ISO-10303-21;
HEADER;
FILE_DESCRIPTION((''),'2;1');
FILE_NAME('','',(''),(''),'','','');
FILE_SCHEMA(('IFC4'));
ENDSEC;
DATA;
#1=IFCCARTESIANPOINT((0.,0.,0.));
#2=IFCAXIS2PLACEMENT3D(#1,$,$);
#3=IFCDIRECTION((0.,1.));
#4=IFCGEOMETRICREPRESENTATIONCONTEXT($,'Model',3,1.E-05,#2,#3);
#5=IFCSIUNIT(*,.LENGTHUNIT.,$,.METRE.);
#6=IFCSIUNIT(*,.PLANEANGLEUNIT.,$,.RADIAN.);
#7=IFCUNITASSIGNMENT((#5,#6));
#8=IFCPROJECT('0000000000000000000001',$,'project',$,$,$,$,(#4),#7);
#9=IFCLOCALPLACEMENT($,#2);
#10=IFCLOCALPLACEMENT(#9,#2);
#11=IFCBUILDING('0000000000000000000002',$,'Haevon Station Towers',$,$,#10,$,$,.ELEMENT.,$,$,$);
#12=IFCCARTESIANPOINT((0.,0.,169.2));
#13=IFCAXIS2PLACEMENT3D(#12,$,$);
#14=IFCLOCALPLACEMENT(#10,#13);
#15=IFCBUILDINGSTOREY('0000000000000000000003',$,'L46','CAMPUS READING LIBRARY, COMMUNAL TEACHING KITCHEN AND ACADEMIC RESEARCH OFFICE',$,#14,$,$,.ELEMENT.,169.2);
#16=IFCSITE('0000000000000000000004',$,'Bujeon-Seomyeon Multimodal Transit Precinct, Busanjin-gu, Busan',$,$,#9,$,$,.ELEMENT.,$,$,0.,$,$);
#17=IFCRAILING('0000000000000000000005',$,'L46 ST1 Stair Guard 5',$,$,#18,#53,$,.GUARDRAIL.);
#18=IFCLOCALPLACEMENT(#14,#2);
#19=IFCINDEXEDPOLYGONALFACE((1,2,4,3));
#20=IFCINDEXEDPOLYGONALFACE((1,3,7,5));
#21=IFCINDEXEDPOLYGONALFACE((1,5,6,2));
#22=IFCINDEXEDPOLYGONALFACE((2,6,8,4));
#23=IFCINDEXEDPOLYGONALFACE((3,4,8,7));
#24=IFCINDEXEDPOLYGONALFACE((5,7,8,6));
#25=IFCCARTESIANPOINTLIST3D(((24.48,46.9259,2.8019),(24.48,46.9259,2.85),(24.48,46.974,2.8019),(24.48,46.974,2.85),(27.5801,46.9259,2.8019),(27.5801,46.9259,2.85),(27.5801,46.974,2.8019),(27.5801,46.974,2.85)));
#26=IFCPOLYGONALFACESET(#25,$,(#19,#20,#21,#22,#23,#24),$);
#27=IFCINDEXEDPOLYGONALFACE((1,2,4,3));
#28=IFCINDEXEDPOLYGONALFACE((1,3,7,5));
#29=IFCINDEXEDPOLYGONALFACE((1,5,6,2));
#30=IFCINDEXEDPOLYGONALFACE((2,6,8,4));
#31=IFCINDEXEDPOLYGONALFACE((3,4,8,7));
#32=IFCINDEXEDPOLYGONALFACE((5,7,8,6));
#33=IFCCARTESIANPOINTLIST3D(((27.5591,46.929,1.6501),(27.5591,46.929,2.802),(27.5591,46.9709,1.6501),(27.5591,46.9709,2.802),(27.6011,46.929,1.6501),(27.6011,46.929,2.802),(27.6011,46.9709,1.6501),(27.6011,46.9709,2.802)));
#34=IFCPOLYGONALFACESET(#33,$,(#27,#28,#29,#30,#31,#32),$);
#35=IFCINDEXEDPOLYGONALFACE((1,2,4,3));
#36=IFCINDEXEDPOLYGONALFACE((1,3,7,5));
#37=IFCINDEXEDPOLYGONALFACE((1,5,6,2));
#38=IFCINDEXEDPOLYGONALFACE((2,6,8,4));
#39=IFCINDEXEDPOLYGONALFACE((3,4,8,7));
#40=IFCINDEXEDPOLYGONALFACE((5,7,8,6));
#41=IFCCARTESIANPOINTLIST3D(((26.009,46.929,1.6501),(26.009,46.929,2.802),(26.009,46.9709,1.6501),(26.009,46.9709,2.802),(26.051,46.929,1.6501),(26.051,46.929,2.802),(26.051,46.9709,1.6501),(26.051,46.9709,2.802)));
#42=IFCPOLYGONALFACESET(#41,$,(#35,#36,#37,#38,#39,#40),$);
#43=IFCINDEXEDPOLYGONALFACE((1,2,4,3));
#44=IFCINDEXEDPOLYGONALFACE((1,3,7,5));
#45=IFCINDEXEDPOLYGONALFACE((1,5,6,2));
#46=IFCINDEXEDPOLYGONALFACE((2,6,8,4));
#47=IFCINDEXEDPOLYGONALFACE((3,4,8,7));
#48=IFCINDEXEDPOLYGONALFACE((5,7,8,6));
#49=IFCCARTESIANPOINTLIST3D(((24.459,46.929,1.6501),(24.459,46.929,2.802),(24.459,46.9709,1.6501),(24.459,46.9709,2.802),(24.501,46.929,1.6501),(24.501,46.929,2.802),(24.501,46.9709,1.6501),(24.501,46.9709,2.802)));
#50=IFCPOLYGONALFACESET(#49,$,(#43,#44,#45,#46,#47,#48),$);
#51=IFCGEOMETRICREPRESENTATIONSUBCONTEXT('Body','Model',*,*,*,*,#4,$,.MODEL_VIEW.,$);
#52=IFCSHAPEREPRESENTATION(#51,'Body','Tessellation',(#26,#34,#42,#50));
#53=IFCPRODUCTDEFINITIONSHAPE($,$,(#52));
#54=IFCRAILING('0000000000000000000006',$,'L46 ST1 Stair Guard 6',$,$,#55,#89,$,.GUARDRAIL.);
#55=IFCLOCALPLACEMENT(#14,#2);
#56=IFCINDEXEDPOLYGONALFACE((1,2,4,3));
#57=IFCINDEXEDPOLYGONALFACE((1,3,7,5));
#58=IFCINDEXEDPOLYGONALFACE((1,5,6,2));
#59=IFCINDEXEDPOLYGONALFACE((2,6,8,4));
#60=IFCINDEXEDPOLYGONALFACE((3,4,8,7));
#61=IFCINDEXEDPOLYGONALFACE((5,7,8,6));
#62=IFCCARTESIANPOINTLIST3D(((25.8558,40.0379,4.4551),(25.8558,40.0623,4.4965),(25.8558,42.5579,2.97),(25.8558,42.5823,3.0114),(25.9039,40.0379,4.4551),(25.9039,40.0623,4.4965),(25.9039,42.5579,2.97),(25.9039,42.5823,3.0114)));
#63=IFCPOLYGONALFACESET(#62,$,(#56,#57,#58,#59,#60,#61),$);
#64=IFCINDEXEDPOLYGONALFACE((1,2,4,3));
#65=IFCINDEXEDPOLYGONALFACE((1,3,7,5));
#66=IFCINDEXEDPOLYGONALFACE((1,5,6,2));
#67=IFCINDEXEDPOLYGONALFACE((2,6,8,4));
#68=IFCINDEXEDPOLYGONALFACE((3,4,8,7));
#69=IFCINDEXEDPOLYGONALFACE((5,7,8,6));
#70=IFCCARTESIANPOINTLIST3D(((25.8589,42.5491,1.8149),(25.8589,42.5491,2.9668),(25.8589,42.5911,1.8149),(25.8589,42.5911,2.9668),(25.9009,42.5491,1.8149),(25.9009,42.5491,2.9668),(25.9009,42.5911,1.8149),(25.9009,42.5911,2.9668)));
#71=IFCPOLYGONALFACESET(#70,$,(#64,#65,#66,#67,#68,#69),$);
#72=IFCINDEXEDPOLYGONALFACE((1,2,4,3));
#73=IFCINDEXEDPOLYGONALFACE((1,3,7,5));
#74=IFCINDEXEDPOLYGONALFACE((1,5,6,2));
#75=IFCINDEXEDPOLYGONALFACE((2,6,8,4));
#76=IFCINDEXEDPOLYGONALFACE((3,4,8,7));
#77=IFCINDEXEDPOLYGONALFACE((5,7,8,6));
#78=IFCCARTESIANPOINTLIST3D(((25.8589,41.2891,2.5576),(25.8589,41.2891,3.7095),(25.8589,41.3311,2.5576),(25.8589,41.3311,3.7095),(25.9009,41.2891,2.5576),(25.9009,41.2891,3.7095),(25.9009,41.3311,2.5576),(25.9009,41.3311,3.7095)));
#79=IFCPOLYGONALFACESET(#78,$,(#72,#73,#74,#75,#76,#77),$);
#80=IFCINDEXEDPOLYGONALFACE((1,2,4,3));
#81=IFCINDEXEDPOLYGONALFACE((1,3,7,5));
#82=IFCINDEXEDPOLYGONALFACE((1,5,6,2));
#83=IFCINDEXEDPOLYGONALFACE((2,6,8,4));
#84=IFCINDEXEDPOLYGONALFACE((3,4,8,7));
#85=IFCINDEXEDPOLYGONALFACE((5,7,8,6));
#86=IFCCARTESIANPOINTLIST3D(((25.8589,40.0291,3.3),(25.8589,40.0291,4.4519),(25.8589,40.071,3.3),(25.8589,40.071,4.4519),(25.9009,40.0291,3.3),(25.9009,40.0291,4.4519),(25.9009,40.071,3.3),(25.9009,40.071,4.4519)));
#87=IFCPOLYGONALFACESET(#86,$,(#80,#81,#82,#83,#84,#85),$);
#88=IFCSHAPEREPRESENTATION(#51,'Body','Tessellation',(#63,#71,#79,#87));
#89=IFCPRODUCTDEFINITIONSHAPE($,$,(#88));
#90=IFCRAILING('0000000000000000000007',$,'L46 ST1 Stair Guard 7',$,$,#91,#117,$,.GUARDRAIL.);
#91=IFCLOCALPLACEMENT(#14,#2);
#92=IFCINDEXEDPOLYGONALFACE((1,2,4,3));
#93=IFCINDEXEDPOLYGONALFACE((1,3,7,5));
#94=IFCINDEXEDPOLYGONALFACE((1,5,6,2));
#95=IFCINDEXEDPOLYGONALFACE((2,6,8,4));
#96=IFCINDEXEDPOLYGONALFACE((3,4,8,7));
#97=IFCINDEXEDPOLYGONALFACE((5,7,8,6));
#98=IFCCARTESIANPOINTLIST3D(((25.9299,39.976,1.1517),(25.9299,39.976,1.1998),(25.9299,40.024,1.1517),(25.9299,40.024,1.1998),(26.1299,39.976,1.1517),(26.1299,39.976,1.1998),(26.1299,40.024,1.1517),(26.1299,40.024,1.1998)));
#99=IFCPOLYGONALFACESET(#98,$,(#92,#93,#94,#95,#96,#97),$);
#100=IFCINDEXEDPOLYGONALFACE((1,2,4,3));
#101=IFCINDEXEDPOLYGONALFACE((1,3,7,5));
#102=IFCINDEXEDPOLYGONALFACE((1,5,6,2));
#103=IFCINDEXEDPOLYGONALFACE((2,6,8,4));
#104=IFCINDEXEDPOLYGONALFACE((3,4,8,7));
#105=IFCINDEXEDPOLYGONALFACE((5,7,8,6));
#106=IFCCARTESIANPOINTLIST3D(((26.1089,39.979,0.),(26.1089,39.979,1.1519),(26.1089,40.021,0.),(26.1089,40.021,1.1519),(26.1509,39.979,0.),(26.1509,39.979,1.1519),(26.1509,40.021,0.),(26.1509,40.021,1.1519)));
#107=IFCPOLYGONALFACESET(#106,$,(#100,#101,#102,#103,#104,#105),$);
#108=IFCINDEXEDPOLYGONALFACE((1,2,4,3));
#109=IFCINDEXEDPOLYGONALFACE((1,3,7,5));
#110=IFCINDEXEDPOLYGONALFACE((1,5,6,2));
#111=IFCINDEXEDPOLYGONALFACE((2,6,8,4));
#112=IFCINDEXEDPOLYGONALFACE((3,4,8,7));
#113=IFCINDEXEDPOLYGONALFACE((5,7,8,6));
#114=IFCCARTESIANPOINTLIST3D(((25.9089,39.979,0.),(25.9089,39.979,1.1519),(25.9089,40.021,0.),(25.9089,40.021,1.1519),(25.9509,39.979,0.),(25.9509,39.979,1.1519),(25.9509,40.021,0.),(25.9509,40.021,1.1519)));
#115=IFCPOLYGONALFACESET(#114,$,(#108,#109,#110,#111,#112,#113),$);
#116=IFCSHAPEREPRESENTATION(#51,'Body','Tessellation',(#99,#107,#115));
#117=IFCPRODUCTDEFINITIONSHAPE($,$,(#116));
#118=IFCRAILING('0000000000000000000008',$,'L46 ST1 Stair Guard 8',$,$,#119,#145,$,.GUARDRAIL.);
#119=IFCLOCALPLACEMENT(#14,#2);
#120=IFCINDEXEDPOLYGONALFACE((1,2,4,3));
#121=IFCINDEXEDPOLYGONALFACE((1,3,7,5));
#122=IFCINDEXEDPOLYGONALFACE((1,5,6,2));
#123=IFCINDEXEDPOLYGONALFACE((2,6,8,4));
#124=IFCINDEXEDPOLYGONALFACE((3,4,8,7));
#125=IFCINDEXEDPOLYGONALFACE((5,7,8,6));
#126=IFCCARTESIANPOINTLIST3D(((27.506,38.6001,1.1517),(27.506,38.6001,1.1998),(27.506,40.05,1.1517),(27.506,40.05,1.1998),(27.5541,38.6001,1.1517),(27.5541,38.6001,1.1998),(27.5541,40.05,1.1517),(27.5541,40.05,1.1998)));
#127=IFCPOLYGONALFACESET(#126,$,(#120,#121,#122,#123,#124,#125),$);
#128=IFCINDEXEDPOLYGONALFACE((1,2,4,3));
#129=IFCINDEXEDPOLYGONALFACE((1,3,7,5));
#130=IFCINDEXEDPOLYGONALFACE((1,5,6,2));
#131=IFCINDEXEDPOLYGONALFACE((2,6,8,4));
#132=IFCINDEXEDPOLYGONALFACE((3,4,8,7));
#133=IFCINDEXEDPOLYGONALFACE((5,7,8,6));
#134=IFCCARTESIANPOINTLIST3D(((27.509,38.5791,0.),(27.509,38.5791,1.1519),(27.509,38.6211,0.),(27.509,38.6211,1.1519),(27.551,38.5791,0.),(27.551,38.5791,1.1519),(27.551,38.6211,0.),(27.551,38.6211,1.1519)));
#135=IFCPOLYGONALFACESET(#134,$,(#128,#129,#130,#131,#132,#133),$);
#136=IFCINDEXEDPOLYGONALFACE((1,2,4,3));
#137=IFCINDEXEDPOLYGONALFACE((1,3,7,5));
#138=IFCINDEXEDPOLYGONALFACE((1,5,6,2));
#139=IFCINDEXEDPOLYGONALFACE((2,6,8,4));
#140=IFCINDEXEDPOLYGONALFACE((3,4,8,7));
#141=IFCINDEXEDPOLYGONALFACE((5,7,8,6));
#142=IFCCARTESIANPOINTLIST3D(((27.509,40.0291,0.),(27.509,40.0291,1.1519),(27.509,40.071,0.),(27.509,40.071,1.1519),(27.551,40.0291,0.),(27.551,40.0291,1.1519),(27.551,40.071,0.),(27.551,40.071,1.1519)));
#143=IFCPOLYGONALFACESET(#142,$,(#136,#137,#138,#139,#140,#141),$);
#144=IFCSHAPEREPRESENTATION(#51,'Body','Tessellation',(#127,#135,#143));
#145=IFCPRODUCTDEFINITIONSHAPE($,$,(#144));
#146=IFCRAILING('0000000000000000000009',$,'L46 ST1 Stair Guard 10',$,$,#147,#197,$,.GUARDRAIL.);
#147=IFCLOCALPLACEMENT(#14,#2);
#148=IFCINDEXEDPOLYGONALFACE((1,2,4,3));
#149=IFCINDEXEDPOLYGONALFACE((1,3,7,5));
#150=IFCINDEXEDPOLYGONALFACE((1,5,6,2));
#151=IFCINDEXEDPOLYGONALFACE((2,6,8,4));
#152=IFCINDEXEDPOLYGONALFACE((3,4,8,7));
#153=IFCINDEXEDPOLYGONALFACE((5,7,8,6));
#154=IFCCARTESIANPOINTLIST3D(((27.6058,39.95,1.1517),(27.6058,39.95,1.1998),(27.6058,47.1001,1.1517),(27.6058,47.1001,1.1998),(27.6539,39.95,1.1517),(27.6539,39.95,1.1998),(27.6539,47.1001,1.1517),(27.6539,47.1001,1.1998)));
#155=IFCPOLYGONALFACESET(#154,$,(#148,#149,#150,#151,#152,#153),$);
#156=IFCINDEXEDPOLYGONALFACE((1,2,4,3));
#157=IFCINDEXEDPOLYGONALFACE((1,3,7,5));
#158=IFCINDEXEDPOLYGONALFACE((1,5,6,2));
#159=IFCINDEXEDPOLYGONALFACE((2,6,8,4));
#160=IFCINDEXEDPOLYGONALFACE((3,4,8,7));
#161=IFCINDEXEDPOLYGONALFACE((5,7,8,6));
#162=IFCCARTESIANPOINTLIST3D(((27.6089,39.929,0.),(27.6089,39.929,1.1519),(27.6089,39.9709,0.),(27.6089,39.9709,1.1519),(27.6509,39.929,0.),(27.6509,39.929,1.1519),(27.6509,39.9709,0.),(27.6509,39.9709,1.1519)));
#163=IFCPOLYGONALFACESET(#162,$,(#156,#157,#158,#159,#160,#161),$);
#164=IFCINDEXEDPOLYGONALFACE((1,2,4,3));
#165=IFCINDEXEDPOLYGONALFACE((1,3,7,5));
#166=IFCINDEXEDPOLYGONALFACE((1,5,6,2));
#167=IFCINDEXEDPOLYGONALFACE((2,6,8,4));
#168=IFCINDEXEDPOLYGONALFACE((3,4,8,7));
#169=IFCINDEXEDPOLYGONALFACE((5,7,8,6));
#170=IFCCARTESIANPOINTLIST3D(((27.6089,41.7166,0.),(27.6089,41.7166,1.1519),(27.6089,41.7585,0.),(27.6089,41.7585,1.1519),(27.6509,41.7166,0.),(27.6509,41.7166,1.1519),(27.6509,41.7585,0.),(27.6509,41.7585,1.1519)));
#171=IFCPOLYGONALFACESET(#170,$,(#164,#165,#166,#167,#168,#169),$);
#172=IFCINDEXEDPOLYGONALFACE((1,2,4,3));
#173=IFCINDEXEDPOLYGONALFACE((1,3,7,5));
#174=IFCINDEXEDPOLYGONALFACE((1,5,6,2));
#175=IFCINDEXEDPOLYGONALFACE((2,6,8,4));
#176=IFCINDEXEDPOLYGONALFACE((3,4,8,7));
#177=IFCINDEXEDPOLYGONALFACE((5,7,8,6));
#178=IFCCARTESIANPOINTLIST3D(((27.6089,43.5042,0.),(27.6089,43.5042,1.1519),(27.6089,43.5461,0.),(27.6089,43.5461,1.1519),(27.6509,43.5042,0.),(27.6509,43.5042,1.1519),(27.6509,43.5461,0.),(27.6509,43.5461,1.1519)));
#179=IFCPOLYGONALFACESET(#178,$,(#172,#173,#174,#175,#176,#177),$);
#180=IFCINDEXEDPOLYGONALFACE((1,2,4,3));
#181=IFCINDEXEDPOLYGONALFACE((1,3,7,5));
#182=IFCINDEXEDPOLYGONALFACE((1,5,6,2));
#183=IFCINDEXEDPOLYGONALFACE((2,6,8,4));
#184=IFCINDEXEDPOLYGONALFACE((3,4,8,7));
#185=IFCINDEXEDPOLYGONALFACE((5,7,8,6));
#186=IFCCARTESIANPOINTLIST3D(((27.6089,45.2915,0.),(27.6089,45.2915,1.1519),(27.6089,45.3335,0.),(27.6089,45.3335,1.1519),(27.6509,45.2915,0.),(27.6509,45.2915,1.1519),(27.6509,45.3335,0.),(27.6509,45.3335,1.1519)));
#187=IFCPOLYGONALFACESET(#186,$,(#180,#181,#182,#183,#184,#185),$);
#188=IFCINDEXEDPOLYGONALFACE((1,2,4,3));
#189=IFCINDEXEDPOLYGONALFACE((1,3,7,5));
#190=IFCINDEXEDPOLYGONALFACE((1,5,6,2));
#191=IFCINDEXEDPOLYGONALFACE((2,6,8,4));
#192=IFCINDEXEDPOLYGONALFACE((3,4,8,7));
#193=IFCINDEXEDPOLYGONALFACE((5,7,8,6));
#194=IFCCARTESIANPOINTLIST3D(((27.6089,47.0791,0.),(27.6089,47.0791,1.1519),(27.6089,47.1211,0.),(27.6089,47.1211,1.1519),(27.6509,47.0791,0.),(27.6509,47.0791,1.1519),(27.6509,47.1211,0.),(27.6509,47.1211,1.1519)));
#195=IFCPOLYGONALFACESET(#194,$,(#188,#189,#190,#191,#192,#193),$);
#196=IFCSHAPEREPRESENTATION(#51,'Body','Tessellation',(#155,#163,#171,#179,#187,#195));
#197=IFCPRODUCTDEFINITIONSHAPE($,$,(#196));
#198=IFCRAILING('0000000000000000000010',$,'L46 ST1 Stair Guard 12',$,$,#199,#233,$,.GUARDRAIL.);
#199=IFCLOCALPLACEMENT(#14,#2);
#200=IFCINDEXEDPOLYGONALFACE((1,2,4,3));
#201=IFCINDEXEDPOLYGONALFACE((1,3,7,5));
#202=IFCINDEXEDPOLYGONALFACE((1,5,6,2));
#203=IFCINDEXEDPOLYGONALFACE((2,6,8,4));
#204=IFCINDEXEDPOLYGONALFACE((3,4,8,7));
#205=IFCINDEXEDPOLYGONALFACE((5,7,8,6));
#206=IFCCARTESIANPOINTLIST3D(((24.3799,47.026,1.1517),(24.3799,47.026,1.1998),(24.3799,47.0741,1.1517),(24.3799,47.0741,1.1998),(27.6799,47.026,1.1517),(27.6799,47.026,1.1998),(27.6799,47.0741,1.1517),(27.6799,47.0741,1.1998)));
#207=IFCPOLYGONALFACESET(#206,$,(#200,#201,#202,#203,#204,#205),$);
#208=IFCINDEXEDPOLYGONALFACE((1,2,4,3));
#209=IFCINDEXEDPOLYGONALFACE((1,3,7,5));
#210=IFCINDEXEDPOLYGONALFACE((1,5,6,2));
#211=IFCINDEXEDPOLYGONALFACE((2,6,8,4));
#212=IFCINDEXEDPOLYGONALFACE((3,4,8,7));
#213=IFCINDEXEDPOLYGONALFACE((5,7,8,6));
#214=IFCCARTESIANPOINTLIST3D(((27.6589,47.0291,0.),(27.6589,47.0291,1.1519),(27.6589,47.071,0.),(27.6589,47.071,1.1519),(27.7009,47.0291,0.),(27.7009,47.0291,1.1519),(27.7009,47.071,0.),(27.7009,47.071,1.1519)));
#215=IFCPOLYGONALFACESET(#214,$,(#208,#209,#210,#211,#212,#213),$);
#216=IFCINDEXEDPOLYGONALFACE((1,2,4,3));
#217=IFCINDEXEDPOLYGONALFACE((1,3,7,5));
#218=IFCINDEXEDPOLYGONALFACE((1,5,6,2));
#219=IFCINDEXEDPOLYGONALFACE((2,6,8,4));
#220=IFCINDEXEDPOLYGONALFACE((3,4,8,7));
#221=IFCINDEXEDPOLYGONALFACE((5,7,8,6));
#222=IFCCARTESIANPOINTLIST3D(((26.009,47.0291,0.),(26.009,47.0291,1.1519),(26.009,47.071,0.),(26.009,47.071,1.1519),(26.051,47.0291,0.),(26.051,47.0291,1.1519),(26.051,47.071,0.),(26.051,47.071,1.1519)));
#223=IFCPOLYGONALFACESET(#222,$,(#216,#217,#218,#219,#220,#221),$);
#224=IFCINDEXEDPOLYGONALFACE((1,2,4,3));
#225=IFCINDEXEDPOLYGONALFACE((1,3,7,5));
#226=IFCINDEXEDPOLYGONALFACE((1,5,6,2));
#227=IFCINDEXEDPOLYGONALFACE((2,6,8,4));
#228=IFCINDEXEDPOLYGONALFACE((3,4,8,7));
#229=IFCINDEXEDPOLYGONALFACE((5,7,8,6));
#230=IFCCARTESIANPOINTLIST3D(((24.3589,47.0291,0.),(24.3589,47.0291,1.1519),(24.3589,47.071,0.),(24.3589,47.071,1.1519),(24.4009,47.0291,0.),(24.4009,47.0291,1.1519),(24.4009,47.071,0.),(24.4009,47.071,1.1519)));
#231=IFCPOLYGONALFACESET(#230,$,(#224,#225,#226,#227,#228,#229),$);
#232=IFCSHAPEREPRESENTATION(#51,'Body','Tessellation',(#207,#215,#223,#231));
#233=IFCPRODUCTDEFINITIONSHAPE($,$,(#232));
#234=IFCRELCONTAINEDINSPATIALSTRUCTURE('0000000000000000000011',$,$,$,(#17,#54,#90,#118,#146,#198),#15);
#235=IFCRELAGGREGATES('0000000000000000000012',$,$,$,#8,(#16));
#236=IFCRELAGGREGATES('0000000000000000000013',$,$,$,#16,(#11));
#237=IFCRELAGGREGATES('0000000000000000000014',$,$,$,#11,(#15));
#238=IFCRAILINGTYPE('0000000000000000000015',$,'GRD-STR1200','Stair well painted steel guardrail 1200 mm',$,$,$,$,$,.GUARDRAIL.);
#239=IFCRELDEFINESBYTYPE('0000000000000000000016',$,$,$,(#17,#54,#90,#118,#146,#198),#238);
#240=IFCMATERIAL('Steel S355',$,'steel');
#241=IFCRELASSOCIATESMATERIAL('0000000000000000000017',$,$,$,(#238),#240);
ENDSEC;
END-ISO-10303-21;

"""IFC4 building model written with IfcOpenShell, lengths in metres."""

from ifc_helpers import new_model, si_unit, direction, frame, origin, origin_2d, place, context, subcontext, project, spatial, rectangle, extrude, material, type_object, element, save


model = new_model("IFC4")

# Units and contexts
model_context = context("Model", 3, precision=1e-05, world=origin(), true_north=direction((0.0, 1.0)))
body_context = subcontext(model_context, "Body", "Model", "MODEL_VIEW")
ifc_project = project(units=[si_unit("LENGTHUNIT", "METRE"), si_unit("PLANEANGLEUNIT", "RADIAN")], contexts=[model_context])

# Site, building, storey
site_placement = place(None, origin())
site = spatial("IfcSite", under=ifc_project, at=site_placement, Name="Bujeon-Seomyeon Multimodal Transit Precinct, Busanjin-gu, Busan", CompositionType="ELEMENT", RefElevation=0.0)
building_placement = place(site_placement, origin())
building = spatial("IfcBuilding", under=site, at=building_placement, Name="Haevon Station Towers", CompositionType="ELEMENT")
storey_placement = place(building_placement, frame((0.0, 0.0, 169.2)))
storey = spatial("IfcBuildingStorey", under=building, at=storey_placement, Name="L46", Description="CAMPUS READING LIBRARY, COMMUNAL TEACHING KITCHEN AND ACADEMIC RESEARCH OFFICE", CompositionType="ELEMENT", Elevation=169.2)

# Shared definitions
ifc_material_1 = material(Name="Steel S355", Category="steel")

# Railings
railing_type_1 = type_object("IfcRailingType", Name="GRD-STR1200", Description="Stair well painted steel guardrail 1200 mm", PredefinedType="GUARDRAIL", material=ifc_material_1)
railing_1_placement = place(storey_placement, frame((27.5801, 46.95, 1.6501)))
element("IfcRailing", 1, at=railing_1_placement, inside=storey, type_object=railing_type_1, Name="L46 ST1 Stair Guard 5", PredefinedType="GUARDRAIL", context=body_context, shape_type="SweptSolid", body=[
    extrude(rectangle(XDim=0.0481, YDim=0.0481, at=origin_2d()), frame((0.0, 0.0, 1.1758), z_axis=(-1.0, 0.0, 0.0), x_axis=(0.0, -1.0, 0.0)), (0.0, 0.0, 1.0), 3.1001),
    extrude(rectangle(XDim=0.042, YDim=0.042, at=origin_2d()), origin(), (0.0, 0.0, 1.0), 1.1519),
    extrude(rectangle(XDim=0.042, YDim=0.042, at=origin_2d()), frame((-1.55, 0.0, 0.0)), (0.0, 0.0, 1.0), 1.1519),
    extrude(rectangle(XDim=0.042, YDim=0.042, at=origin_2d()), frame((-3.1001, 0.0, 0.0)), (0.0, 0.0, 1.0), 1.1519),
])
railing_2_placement = place(storey_placement, frame((25.8799, 42.5701, 1.8149)))
element("IfcRailing", 2, at=railing_2_placement, inside=storey, type_object=railing_type_1, Name="L46 ST1 Stair Guard 6", PredefinedType="GUARDRAIL", context=body_context, shape_type="SweptSolid", body=[
    extrude(rectangle(XDim=0.0481, YDim=0.0481, at=origin_2d()), frame((0.0, 0.0, 1.1758), z_axis=(0.0, -0.861524, 0.507717), x_axis=(1.0, 0.0, 0.0)), (0.0, 0.0, 1.0), 2.925),
    extrude(rectangle(XDim=0.042, YDim=0.042, at=origin_2d()), origin(), (0.0, 0.0, 1.0), 1.1519),
    extrude(rectangle(XDim=0.042, YDim=0.042, at=origin_2d()), frame((0.0, -1.26, 0.7427)), (0.0, 0.0, 1.0), 1.1519),
    extrude(rectangle(XDim=0.042, YDim=0.042, at=origin_2d()), frame((0.0, -2.52, 1.4851)), (0.0, 0.0, 1.0), 1.1519),
])
railing_3_placement = place(storey_placement, frame((26.1299, 40.0, 0.0)))
element("IfcRailing", 3, at=railing_3_placement, inside=storey, type_object=railing_type_1, Name="L46 ST1 Stair Guard 7", PredefinedType="GUARDRAIL", context=body_context, shape_type="SweptSolid", body=[
    extrude(rectangle(XDim=0.0481, YDim=0.0481, at=origin_2d()), frame((0.0, 0.0, 1.1758), z_axis=(-1.0, 0.0, 0.0), x_axis=(0.0, -1.0, 0.0)), (0.0, 0.0, 1.0), 0.2),
    extrude(rectangle(XDim=0.042, YDim=0.042, at=origin_2d()), origin(), (0.0, 0.0, 1.0), 1.1519),
    extrude(rectangle(XDim=0.042, YDim=0.042, at=origin_2d()), frame((-0.2, 0.0, 0.0)), (0.0, 0.0, 1.0), 1.1519),
])
railing_4_placement = place(storey_placement, frame((27.53, 38.6001, 0.0)))
element("IfcRailing", 4, at=railing_4_placement, inside=storey, type_object=railing_type_1, Name="L46 ST1 Stair Guard 8", PredefinedType="GUARDRAIL", context=body_context, shape_type="SweptSolid", body=[
    extrude(rectangle(XDim=0.0481, YDim=0.0481, at=origin_2d()), frame((0.0, 0.0, 1.1758), z_axis=(0.0, 1.0, 0.0), x_axis=(-1.0, 0.0, 0.0)), (0.0, 0.0, 1.0), 1.45),
    extrude(rectangle(XDim=0.042, YDim=0.042, at=origin_2d()), origin(), (0.0, 0.0, 1.0), 1.1519),
    extrude(rectangle(XDim=0.042, YDim=0.042, at=origin_2d()), frame((0.0, 1.45, 0.0)), (0.0, 0.0, 1.0), 1.1519),
])
railing_5_placement = place(storey_placement, frame((27.6299, 39.95, 0.0)))
element("IfcRailing", 5, at=railing_5_placement, inside=storey, type_object=railing_type_1, Name="L46 ST1 Stair Guard 10", PredefinedType="GUARDRAIL", context=body_context, shape_type="SweptSolid", body=[
    extrude(rectangle(XDim=0.0481, YDim=0.0481, at=origin_2d()), frame((0.0, 0.0, 1.1758), z_axis=(0.0, 1.0, 0.0), x_axis=(-1.0, 0.0, 0.0)), (0.0, 0.0, 1.0), 7.1501),
    extrude(rectangle(XDim=0.042, YDim=0.042, at=origin_2d()), origin(), (0.0, 0.0, 1.0), 1.1519),
    extrude(rectangle(XDim=0.042, YDim=0.042, at=origin_2d()), frame((0.0, 1.7876, 0.0)), (0.0, 0.0, 1.0), 1.1519),
    extrude(rectangle(XDim=0.042, YDim=0.042, at=origin_2d()), frame((0.0, 3.5752, 0.0)), (0.0, 0.0, 1.0), 1.1519),
    extrude(rectangle(XDim=0.042, YDim=0.042, at=origin_2d()), frame((0.0, 5.3625, 0.0)), (0.0, 0.0, 1.0), 1.1519),
    extrude(rectangle(XDim=0.042, YDim=0.042, at=origin_2d()), frame((0.0, 7.1501, 0.0)), (0.0, 0.0, 1.0), 1.1519),
])
railing_6_placement = place(storey_placement, frame((27.6799, 47.05, 0.0)))
element("IfcRailing", 6, at=railing_6_placement, inside=storey, type_object=railing_type_1, Name="L46 ST1 Stair Guard 12", PredefinedType="GUARDRAIL", context=body_context, shape_type="SweptSolid", body=[
    extrude(rectangle(XDim=0.0481, YDim=0.0481, at=origin_2d()), frame((0.0, 0.0, 1.1758), z_axis=(-1.0, 0.0, 0.0), x_axis=(0.0, -1.0, 0.0)), (0.0, 0.0, 1.0), 3.3),
    extrude(rectangle(XDim=0.042, YDim=0.042, at=origin_2d()), origin(), (0.0, 0.0, 1.0), 1.1519),
    extrude(rectangle(XDim=0.042, YDim=0.042, at=origin_2d()), frame((-1.6499, 0.0, 0.0)), (0.0, 0.0, 1.0), 1.1519),
    extrude(rectangle(XDim=0.042, YDim=0.042, at=origin_2d()), frame((-3.3, 0.0, 0.0)), (0.0, 0.0, 1.0), 1.1519),
])

save(model, "model.ifc")
